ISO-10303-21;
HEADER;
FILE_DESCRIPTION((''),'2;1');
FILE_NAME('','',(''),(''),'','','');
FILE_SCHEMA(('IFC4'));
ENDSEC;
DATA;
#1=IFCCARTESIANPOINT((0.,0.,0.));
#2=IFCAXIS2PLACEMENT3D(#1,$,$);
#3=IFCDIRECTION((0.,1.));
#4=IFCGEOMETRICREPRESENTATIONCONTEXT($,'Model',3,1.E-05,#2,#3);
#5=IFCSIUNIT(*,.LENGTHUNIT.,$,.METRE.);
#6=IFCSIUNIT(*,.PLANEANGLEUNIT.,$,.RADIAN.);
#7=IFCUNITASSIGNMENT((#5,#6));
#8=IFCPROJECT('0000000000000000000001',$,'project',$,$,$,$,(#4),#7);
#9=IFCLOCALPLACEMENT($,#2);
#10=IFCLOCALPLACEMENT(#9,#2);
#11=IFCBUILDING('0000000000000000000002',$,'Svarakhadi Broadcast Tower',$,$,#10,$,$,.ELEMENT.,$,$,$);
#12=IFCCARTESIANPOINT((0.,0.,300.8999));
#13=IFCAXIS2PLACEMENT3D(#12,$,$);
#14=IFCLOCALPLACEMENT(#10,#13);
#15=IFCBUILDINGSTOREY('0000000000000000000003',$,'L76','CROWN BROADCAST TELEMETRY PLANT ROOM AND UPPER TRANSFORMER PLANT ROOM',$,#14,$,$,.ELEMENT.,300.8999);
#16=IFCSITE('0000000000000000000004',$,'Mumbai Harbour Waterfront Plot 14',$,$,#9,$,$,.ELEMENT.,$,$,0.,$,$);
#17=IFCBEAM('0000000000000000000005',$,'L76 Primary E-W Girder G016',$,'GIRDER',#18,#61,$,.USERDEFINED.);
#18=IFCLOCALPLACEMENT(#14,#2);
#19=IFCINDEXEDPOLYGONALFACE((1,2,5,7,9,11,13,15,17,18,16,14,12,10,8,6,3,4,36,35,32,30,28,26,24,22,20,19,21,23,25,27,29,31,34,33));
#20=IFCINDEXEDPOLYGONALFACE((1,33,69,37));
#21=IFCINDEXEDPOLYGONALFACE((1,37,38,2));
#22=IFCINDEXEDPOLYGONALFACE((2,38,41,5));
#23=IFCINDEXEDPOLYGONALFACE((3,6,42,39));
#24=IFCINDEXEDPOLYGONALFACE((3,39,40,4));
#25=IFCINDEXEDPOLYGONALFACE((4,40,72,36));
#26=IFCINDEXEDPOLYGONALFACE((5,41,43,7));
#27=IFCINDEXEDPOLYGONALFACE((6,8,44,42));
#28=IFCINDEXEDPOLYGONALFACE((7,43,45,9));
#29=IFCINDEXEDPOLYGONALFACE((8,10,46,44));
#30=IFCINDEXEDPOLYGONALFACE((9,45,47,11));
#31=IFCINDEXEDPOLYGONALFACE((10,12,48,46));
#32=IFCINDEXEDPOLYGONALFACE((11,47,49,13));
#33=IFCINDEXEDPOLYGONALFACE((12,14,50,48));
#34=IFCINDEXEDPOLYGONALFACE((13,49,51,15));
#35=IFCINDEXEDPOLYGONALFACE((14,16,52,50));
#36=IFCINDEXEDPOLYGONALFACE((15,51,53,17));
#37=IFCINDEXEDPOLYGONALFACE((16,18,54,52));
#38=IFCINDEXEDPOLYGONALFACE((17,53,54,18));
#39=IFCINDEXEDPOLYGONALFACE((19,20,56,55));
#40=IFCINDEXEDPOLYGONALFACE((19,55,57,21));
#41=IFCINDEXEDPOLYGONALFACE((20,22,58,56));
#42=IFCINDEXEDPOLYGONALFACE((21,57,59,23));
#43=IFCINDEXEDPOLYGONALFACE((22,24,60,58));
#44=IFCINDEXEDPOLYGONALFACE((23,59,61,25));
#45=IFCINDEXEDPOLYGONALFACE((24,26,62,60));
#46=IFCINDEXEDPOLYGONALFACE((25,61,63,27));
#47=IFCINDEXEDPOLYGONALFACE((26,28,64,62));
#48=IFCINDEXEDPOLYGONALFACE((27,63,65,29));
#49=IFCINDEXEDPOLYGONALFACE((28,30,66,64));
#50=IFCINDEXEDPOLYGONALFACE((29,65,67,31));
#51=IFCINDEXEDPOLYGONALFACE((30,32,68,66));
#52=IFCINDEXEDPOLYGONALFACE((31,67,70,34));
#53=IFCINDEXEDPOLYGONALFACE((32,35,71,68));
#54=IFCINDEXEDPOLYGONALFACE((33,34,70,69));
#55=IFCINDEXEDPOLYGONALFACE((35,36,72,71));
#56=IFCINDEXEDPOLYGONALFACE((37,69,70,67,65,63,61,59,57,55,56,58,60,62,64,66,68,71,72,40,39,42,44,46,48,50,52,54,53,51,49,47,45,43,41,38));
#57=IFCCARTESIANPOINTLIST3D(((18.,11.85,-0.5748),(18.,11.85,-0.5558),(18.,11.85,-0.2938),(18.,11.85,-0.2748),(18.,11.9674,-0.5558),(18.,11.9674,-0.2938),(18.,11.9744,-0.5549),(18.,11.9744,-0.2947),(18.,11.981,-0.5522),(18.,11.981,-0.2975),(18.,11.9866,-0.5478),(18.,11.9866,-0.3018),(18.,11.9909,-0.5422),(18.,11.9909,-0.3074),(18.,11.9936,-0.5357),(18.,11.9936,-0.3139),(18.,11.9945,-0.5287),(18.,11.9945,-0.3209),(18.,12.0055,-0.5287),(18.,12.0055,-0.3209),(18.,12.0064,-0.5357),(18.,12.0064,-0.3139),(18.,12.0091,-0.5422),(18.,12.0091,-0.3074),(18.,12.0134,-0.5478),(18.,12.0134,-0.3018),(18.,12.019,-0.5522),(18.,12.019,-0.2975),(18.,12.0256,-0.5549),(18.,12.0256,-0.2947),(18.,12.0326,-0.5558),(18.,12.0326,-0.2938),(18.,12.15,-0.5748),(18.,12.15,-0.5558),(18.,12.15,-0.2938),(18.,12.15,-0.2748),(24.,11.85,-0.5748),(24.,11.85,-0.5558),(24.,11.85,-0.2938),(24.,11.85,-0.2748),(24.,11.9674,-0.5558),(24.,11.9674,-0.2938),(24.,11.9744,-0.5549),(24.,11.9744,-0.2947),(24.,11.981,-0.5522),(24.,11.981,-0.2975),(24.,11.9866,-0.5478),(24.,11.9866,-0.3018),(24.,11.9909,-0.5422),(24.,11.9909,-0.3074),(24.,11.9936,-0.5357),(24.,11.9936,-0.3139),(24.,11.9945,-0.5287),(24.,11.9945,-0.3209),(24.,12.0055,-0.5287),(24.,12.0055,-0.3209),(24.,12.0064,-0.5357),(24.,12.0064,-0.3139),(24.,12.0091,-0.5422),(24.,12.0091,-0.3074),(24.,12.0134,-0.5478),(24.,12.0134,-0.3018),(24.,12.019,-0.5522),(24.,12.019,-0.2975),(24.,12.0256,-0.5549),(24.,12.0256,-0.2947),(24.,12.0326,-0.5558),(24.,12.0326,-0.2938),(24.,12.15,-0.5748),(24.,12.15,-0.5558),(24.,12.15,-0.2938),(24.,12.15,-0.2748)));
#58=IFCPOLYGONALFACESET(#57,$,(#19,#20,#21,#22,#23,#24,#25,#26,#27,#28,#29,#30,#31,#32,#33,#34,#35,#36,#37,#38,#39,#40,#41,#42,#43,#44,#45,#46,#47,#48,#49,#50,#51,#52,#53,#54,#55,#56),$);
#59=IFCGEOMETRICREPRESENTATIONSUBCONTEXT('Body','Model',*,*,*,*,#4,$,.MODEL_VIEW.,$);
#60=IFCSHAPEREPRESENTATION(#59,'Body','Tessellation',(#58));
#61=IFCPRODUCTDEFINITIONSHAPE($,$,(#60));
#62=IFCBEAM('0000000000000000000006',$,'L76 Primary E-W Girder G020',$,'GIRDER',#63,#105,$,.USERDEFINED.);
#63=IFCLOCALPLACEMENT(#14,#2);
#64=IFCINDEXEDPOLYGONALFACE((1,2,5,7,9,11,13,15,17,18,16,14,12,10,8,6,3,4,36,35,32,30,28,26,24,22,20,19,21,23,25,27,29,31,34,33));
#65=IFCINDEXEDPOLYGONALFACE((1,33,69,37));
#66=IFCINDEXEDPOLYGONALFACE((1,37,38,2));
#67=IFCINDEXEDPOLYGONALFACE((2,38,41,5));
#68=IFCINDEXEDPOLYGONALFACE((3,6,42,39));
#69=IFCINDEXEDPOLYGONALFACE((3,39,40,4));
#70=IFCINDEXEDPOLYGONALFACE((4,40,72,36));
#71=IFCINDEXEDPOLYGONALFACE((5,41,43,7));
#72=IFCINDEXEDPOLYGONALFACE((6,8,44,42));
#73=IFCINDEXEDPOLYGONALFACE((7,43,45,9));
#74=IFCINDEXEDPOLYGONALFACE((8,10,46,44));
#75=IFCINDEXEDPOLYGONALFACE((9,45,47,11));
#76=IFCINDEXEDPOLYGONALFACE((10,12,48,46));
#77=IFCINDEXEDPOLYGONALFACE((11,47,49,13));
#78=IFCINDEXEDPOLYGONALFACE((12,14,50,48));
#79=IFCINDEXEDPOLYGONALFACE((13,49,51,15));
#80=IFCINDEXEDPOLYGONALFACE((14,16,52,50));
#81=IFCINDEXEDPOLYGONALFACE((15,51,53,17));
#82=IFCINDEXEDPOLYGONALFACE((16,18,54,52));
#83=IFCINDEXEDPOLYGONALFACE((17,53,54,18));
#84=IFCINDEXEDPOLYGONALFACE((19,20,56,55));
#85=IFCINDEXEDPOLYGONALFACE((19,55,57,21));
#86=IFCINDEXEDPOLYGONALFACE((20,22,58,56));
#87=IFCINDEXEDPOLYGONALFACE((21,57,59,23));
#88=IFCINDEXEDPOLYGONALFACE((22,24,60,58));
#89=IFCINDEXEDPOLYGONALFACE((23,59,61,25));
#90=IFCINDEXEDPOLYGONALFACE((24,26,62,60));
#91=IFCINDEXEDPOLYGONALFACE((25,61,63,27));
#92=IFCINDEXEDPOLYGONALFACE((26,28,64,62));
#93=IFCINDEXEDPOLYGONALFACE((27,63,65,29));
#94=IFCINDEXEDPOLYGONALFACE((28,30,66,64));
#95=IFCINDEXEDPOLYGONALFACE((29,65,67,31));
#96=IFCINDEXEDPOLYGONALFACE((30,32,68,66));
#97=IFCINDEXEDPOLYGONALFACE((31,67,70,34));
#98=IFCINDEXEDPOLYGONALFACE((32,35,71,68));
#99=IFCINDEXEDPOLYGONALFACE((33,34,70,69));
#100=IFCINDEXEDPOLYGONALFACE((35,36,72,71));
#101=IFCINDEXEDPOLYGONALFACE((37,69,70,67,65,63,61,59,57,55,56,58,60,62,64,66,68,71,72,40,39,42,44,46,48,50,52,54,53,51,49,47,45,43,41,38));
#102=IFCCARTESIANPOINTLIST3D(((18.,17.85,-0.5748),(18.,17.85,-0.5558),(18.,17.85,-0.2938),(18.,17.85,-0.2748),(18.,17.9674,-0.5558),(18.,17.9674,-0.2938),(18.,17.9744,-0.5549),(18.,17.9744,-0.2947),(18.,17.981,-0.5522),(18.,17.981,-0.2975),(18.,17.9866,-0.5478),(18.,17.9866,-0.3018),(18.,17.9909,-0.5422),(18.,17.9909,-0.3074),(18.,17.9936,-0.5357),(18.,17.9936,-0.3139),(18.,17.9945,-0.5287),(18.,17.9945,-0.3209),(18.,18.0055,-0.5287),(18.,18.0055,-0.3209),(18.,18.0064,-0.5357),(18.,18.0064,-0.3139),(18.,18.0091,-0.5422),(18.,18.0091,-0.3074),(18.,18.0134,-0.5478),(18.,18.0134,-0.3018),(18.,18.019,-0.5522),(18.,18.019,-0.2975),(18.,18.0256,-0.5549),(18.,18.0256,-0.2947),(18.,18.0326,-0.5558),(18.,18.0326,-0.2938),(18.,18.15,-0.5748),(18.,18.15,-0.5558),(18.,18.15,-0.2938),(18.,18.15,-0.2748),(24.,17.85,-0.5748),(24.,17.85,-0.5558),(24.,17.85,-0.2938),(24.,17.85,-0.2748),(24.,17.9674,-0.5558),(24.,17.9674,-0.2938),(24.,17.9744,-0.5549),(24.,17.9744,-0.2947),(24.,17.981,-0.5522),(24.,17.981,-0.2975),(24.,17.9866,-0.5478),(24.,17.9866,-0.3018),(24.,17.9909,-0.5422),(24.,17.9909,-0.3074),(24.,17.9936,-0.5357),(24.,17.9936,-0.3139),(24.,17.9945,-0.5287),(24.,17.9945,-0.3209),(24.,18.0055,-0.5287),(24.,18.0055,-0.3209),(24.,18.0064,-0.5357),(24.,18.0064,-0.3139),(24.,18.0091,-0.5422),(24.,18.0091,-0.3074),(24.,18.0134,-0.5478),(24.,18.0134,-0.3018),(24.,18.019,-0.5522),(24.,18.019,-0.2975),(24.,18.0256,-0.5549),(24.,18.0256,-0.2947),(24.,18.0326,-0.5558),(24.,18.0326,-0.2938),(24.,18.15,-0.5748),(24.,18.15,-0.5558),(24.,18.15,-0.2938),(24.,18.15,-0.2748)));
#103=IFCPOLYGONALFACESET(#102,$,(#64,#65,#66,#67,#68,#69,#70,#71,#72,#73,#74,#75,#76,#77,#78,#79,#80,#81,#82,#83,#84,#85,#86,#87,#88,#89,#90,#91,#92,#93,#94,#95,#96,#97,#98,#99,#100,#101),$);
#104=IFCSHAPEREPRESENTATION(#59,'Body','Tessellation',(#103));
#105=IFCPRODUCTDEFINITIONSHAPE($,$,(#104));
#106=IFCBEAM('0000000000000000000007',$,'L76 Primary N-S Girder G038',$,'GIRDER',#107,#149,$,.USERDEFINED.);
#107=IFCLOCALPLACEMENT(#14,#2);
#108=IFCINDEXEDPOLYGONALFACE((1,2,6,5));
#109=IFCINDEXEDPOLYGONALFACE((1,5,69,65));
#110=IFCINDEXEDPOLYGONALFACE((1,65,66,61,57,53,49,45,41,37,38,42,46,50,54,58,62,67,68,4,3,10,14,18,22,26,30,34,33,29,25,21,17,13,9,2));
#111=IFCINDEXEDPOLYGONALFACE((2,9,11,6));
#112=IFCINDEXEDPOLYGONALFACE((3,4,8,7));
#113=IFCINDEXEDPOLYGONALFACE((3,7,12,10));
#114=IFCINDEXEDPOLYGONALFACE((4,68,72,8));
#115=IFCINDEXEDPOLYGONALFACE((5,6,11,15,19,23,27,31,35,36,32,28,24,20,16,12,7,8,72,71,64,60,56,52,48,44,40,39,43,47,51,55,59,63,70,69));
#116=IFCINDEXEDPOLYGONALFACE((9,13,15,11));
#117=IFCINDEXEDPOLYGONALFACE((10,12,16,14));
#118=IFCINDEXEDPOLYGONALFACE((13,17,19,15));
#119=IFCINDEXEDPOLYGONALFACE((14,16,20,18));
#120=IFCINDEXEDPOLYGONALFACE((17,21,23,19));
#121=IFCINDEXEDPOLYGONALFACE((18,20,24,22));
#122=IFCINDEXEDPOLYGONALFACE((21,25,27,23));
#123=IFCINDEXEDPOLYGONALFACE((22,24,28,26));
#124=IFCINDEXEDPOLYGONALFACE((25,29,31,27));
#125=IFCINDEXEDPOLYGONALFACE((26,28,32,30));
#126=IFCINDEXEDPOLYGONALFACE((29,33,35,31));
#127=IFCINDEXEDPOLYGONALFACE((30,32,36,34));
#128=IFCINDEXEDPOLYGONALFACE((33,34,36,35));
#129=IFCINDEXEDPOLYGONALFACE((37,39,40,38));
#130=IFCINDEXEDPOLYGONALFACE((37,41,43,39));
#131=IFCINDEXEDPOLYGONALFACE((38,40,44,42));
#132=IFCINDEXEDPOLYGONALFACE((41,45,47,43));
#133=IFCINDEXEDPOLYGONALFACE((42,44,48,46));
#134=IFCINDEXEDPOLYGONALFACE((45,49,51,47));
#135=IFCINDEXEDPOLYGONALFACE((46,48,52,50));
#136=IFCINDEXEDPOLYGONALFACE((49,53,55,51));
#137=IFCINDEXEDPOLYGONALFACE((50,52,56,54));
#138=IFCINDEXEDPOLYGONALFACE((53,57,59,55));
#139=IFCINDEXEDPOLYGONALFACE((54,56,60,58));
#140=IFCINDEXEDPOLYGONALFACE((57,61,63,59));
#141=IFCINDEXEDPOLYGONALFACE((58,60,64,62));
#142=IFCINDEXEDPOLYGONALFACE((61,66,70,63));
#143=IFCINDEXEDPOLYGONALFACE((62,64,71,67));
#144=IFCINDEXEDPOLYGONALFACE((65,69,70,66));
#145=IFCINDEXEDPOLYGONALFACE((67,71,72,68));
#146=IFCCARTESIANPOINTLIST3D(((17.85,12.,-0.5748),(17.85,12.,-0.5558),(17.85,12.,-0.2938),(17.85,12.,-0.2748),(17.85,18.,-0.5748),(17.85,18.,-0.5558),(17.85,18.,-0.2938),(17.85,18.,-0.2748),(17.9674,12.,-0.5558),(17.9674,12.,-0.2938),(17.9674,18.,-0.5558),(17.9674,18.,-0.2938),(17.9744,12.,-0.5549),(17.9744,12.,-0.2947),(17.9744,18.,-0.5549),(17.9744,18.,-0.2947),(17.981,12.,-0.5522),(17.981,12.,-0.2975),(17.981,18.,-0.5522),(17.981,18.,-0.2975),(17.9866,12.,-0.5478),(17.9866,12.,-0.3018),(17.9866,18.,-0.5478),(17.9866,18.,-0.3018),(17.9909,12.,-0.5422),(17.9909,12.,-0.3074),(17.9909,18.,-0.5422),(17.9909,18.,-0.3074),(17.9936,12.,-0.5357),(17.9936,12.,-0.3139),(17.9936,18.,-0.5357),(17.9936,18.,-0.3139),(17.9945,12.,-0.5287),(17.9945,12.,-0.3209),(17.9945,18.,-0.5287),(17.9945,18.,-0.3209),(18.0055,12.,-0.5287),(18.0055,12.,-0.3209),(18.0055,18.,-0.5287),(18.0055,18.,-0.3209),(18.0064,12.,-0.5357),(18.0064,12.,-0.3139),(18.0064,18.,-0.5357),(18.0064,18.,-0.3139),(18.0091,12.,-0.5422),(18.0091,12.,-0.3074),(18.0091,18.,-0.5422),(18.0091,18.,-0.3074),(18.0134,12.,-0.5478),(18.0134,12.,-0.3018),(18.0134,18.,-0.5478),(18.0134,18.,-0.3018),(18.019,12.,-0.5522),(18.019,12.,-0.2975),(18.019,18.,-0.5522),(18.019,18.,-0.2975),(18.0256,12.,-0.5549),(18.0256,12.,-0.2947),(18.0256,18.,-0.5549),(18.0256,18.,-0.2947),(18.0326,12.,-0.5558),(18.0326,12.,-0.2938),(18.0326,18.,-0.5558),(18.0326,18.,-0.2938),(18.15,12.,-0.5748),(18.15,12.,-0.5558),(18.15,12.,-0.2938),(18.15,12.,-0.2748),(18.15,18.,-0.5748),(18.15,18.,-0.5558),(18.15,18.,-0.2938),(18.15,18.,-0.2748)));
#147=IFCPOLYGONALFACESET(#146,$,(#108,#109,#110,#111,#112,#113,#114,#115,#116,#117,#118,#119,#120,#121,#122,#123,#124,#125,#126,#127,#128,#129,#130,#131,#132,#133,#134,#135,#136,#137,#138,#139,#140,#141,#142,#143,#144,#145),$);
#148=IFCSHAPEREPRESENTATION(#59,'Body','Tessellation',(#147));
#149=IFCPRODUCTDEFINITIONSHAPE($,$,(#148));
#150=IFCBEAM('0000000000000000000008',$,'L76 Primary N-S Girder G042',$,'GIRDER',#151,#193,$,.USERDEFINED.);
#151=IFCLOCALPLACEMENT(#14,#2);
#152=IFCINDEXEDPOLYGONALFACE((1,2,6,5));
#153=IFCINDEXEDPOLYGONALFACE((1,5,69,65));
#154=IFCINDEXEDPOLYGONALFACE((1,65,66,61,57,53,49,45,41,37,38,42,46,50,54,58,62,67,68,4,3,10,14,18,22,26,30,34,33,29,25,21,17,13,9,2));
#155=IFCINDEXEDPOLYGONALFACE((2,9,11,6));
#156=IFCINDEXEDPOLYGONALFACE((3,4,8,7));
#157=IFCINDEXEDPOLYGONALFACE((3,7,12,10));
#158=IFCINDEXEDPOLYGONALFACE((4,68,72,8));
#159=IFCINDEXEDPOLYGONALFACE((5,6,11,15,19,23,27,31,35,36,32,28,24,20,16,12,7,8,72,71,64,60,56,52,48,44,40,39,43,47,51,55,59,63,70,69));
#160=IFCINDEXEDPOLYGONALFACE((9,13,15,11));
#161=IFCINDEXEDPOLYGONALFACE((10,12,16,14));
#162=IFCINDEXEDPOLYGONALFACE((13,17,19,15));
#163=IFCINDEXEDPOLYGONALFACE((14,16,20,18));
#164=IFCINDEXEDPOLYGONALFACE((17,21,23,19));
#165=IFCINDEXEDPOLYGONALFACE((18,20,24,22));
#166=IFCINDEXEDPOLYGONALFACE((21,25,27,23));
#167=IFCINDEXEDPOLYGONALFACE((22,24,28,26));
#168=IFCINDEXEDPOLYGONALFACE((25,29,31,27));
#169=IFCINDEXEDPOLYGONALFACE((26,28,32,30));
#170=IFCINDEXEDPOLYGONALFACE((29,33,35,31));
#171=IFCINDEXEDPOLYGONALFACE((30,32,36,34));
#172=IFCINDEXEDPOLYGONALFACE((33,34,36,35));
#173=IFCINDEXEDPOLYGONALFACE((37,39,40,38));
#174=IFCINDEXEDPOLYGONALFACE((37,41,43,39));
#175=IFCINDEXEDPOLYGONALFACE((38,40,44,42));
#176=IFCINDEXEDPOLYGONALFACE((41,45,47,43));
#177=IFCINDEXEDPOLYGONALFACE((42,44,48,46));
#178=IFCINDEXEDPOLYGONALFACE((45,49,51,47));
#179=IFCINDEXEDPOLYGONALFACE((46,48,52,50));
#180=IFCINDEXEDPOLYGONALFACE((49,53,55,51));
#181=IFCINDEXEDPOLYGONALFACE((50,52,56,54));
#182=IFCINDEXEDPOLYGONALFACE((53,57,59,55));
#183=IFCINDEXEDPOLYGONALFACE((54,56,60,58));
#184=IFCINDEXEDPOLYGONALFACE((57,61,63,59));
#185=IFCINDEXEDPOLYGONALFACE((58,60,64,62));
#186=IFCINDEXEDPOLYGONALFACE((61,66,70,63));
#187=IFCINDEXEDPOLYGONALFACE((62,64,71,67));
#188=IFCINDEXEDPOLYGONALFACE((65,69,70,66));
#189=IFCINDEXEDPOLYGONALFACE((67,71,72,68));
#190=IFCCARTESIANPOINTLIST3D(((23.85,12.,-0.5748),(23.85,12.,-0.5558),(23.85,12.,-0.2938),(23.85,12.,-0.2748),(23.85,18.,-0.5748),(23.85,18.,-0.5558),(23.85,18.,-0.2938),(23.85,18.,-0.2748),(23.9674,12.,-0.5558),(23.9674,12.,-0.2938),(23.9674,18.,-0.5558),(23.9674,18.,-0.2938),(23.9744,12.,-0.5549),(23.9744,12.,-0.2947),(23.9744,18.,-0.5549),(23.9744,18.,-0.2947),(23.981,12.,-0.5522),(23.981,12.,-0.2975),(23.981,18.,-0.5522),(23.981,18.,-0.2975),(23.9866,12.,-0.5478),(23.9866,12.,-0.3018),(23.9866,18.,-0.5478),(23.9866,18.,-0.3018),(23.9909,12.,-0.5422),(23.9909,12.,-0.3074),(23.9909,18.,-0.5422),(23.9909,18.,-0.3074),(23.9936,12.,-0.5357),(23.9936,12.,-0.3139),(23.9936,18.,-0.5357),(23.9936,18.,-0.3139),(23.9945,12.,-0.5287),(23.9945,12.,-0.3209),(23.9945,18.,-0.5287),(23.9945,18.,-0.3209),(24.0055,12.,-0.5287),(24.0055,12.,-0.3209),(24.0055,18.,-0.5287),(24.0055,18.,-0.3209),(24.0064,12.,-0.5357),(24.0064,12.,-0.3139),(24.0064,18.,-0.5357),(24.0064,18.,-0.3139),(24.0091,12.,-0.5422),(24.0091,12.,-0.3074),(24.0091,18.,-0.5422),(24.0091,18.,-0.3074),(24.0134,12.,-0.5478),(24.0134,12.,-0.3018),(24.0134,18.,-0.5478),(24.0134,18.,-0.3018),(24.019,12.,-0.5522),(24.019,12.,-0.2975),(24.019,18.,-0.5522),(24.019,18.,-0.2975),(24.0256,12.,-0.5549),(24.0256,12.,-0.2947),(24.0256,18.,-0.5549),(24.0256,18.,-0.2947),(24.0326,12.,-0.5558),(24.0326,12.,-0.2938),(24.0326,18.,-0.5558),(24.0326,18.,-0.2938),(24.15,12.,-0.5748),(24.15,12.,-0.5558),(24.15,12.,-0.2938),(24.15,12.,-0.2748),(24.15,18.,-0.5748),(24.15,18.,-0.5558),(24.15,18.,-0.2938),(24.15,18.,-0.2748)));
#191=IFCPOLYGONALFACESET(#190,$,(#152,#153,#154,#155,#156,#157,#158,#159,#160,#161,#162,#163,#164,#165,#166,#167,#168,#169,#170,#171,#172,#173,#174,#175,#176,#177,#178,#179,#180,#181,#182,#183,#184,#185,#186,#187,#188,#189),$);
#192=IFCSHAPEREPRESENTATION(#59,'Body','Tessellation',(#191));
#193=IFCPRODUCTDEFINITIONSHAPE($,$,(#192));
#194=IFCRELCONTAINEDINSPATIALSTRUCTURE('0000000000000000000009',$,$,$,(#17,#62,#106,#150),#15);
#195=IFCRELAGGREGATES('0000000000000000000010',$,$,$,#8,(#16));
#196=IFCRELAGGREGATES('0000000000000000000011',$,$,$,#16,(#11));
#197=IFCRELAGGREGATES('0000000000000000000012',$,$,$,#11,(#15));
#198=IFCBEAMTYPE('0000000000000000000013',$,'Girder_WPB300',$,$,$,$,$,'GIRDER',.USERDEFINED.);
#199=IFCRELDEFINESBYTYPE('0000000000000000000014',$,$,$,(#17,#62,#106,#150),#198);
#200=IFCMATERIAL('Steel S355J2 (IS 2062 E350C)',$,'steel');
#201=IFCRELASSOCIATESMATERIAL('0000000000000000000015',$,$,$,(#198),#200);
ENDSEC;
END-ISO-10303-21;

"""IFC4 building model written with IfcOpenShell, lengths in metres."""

from ifc_helpers import new_model, si_unit, direction, frame, origin, origin_2d, place, context, subcontext, project, spatial, i_section, extrude, material, material_profile, profile_set, type_object, element, save


model = new_model("IFC4")

# Units and contexts
model_context = context("Model", 3, precision=1e-05, world=origin(), true_north=direction((0.0, 1.0)))
body_context = subcontext(model_context, "Body", "Model", "MODEL_VIEW")
ifc_project = project(units=[si_unit("LENGTHUNIT", "METRE"), si_unit("PLANEANGLEUNIT", "RADIAN")], contexts=[model_context])

# Site, building, storey
site_placement = place(None, origin())
site = spatial("IfcSite", under=ifc_project, at=site_placement, Name="Mumbai Harbour Waterfront Plot 14", CompositionType="ELEMENT", RefElevation=0.0)
building_placement = place(site_placement, origin())
building = spatial("IfcBuilding", under=site, at=building_placement, Name="Svarakhadi Broadcast Tower", CompositionType="ELEMENT")
storey_placement = place(building_placement, frame((0.0, 0.0, 300.8999)))
storey = spatial("IfcBuildingStorey", under=building, at=storey_placement, Name="L76", Description="CROWN BROADCAST TELEMETRY PLANT ROOM AND UPPER TRANSFORMER PLANT ROOM", CompositionType="ELEMENT", Elevation=300.8999)

# Shared definitions
ifc_material_1 = material(Name="Steel S355J2 (IS 2062 E350C)", Category="steel")

# Beams
ifc_material_profile_1 = material_profile(ifc_material_1, i_section(OverallWidth=0.3, OverallDepth=0.3, WebThickness=0.011, FlangeThickness=0.019, FilletRadius=0.0271, at=origin_2d()), Name="WPB 300x300x117")
ifc_profile_set_1 = profile_set([ifc_material_profile_1], Name="Steel S355J2 (IS 2062 E350C)")
beam_type_1 = type_object("IfcBeamType", Name="Girder_WPB300", ElementType="GIRDER", PredefinedType="USERDEFINED", material=ifc_profile_set_1)
for number, where, z_axis, x_axis, name in (
    (1, (18.0, 12.0, -0.4248), (1.0, 0.0, 0.0), (0.0, 1.0, 0.0), "L76 Primary E-W Girder G016"),
    (2, (18.0, 18.0, -0.4248), (1.0, 0.0, 0.0), (0.0, 1.0, 0.0), "L76 Primary E-W Girder G020"),
    (3, (18.0, 12.0, -0.4248), (0.0, 1.0, 0.0), (-1.0, 0.0, 0.0), "L76 Primary N-S Girder G038"),
    (4, (24.0, 12.0, -0.4248), (0.0, 1.0, 0.0), (-1.0, 0.0, 0.0), "L76 Primary N-S Girder G042"),
):
    element("IfcBeam", number, at=place(storey_placement, frame(where, z_axis=z_axis, x_axis=x_axis)), inside=storey, type_object=beam_type_1, Name=name, ObjectType="GIRDER", PredefinedType="USERDEFINED", context=body_context, shape_type="SweptSolid", body=[
        extrude(i_section(OverallWidth=0.3, OverallDepth=0.3, WebThickness=0.011, FlangeThickness=0.019, FilletRadius=0.0271, at=origin_2d()), origin(), (0.0, 0.0, 1.0), 6.0),
    ])

save(model, "model.ifc")
